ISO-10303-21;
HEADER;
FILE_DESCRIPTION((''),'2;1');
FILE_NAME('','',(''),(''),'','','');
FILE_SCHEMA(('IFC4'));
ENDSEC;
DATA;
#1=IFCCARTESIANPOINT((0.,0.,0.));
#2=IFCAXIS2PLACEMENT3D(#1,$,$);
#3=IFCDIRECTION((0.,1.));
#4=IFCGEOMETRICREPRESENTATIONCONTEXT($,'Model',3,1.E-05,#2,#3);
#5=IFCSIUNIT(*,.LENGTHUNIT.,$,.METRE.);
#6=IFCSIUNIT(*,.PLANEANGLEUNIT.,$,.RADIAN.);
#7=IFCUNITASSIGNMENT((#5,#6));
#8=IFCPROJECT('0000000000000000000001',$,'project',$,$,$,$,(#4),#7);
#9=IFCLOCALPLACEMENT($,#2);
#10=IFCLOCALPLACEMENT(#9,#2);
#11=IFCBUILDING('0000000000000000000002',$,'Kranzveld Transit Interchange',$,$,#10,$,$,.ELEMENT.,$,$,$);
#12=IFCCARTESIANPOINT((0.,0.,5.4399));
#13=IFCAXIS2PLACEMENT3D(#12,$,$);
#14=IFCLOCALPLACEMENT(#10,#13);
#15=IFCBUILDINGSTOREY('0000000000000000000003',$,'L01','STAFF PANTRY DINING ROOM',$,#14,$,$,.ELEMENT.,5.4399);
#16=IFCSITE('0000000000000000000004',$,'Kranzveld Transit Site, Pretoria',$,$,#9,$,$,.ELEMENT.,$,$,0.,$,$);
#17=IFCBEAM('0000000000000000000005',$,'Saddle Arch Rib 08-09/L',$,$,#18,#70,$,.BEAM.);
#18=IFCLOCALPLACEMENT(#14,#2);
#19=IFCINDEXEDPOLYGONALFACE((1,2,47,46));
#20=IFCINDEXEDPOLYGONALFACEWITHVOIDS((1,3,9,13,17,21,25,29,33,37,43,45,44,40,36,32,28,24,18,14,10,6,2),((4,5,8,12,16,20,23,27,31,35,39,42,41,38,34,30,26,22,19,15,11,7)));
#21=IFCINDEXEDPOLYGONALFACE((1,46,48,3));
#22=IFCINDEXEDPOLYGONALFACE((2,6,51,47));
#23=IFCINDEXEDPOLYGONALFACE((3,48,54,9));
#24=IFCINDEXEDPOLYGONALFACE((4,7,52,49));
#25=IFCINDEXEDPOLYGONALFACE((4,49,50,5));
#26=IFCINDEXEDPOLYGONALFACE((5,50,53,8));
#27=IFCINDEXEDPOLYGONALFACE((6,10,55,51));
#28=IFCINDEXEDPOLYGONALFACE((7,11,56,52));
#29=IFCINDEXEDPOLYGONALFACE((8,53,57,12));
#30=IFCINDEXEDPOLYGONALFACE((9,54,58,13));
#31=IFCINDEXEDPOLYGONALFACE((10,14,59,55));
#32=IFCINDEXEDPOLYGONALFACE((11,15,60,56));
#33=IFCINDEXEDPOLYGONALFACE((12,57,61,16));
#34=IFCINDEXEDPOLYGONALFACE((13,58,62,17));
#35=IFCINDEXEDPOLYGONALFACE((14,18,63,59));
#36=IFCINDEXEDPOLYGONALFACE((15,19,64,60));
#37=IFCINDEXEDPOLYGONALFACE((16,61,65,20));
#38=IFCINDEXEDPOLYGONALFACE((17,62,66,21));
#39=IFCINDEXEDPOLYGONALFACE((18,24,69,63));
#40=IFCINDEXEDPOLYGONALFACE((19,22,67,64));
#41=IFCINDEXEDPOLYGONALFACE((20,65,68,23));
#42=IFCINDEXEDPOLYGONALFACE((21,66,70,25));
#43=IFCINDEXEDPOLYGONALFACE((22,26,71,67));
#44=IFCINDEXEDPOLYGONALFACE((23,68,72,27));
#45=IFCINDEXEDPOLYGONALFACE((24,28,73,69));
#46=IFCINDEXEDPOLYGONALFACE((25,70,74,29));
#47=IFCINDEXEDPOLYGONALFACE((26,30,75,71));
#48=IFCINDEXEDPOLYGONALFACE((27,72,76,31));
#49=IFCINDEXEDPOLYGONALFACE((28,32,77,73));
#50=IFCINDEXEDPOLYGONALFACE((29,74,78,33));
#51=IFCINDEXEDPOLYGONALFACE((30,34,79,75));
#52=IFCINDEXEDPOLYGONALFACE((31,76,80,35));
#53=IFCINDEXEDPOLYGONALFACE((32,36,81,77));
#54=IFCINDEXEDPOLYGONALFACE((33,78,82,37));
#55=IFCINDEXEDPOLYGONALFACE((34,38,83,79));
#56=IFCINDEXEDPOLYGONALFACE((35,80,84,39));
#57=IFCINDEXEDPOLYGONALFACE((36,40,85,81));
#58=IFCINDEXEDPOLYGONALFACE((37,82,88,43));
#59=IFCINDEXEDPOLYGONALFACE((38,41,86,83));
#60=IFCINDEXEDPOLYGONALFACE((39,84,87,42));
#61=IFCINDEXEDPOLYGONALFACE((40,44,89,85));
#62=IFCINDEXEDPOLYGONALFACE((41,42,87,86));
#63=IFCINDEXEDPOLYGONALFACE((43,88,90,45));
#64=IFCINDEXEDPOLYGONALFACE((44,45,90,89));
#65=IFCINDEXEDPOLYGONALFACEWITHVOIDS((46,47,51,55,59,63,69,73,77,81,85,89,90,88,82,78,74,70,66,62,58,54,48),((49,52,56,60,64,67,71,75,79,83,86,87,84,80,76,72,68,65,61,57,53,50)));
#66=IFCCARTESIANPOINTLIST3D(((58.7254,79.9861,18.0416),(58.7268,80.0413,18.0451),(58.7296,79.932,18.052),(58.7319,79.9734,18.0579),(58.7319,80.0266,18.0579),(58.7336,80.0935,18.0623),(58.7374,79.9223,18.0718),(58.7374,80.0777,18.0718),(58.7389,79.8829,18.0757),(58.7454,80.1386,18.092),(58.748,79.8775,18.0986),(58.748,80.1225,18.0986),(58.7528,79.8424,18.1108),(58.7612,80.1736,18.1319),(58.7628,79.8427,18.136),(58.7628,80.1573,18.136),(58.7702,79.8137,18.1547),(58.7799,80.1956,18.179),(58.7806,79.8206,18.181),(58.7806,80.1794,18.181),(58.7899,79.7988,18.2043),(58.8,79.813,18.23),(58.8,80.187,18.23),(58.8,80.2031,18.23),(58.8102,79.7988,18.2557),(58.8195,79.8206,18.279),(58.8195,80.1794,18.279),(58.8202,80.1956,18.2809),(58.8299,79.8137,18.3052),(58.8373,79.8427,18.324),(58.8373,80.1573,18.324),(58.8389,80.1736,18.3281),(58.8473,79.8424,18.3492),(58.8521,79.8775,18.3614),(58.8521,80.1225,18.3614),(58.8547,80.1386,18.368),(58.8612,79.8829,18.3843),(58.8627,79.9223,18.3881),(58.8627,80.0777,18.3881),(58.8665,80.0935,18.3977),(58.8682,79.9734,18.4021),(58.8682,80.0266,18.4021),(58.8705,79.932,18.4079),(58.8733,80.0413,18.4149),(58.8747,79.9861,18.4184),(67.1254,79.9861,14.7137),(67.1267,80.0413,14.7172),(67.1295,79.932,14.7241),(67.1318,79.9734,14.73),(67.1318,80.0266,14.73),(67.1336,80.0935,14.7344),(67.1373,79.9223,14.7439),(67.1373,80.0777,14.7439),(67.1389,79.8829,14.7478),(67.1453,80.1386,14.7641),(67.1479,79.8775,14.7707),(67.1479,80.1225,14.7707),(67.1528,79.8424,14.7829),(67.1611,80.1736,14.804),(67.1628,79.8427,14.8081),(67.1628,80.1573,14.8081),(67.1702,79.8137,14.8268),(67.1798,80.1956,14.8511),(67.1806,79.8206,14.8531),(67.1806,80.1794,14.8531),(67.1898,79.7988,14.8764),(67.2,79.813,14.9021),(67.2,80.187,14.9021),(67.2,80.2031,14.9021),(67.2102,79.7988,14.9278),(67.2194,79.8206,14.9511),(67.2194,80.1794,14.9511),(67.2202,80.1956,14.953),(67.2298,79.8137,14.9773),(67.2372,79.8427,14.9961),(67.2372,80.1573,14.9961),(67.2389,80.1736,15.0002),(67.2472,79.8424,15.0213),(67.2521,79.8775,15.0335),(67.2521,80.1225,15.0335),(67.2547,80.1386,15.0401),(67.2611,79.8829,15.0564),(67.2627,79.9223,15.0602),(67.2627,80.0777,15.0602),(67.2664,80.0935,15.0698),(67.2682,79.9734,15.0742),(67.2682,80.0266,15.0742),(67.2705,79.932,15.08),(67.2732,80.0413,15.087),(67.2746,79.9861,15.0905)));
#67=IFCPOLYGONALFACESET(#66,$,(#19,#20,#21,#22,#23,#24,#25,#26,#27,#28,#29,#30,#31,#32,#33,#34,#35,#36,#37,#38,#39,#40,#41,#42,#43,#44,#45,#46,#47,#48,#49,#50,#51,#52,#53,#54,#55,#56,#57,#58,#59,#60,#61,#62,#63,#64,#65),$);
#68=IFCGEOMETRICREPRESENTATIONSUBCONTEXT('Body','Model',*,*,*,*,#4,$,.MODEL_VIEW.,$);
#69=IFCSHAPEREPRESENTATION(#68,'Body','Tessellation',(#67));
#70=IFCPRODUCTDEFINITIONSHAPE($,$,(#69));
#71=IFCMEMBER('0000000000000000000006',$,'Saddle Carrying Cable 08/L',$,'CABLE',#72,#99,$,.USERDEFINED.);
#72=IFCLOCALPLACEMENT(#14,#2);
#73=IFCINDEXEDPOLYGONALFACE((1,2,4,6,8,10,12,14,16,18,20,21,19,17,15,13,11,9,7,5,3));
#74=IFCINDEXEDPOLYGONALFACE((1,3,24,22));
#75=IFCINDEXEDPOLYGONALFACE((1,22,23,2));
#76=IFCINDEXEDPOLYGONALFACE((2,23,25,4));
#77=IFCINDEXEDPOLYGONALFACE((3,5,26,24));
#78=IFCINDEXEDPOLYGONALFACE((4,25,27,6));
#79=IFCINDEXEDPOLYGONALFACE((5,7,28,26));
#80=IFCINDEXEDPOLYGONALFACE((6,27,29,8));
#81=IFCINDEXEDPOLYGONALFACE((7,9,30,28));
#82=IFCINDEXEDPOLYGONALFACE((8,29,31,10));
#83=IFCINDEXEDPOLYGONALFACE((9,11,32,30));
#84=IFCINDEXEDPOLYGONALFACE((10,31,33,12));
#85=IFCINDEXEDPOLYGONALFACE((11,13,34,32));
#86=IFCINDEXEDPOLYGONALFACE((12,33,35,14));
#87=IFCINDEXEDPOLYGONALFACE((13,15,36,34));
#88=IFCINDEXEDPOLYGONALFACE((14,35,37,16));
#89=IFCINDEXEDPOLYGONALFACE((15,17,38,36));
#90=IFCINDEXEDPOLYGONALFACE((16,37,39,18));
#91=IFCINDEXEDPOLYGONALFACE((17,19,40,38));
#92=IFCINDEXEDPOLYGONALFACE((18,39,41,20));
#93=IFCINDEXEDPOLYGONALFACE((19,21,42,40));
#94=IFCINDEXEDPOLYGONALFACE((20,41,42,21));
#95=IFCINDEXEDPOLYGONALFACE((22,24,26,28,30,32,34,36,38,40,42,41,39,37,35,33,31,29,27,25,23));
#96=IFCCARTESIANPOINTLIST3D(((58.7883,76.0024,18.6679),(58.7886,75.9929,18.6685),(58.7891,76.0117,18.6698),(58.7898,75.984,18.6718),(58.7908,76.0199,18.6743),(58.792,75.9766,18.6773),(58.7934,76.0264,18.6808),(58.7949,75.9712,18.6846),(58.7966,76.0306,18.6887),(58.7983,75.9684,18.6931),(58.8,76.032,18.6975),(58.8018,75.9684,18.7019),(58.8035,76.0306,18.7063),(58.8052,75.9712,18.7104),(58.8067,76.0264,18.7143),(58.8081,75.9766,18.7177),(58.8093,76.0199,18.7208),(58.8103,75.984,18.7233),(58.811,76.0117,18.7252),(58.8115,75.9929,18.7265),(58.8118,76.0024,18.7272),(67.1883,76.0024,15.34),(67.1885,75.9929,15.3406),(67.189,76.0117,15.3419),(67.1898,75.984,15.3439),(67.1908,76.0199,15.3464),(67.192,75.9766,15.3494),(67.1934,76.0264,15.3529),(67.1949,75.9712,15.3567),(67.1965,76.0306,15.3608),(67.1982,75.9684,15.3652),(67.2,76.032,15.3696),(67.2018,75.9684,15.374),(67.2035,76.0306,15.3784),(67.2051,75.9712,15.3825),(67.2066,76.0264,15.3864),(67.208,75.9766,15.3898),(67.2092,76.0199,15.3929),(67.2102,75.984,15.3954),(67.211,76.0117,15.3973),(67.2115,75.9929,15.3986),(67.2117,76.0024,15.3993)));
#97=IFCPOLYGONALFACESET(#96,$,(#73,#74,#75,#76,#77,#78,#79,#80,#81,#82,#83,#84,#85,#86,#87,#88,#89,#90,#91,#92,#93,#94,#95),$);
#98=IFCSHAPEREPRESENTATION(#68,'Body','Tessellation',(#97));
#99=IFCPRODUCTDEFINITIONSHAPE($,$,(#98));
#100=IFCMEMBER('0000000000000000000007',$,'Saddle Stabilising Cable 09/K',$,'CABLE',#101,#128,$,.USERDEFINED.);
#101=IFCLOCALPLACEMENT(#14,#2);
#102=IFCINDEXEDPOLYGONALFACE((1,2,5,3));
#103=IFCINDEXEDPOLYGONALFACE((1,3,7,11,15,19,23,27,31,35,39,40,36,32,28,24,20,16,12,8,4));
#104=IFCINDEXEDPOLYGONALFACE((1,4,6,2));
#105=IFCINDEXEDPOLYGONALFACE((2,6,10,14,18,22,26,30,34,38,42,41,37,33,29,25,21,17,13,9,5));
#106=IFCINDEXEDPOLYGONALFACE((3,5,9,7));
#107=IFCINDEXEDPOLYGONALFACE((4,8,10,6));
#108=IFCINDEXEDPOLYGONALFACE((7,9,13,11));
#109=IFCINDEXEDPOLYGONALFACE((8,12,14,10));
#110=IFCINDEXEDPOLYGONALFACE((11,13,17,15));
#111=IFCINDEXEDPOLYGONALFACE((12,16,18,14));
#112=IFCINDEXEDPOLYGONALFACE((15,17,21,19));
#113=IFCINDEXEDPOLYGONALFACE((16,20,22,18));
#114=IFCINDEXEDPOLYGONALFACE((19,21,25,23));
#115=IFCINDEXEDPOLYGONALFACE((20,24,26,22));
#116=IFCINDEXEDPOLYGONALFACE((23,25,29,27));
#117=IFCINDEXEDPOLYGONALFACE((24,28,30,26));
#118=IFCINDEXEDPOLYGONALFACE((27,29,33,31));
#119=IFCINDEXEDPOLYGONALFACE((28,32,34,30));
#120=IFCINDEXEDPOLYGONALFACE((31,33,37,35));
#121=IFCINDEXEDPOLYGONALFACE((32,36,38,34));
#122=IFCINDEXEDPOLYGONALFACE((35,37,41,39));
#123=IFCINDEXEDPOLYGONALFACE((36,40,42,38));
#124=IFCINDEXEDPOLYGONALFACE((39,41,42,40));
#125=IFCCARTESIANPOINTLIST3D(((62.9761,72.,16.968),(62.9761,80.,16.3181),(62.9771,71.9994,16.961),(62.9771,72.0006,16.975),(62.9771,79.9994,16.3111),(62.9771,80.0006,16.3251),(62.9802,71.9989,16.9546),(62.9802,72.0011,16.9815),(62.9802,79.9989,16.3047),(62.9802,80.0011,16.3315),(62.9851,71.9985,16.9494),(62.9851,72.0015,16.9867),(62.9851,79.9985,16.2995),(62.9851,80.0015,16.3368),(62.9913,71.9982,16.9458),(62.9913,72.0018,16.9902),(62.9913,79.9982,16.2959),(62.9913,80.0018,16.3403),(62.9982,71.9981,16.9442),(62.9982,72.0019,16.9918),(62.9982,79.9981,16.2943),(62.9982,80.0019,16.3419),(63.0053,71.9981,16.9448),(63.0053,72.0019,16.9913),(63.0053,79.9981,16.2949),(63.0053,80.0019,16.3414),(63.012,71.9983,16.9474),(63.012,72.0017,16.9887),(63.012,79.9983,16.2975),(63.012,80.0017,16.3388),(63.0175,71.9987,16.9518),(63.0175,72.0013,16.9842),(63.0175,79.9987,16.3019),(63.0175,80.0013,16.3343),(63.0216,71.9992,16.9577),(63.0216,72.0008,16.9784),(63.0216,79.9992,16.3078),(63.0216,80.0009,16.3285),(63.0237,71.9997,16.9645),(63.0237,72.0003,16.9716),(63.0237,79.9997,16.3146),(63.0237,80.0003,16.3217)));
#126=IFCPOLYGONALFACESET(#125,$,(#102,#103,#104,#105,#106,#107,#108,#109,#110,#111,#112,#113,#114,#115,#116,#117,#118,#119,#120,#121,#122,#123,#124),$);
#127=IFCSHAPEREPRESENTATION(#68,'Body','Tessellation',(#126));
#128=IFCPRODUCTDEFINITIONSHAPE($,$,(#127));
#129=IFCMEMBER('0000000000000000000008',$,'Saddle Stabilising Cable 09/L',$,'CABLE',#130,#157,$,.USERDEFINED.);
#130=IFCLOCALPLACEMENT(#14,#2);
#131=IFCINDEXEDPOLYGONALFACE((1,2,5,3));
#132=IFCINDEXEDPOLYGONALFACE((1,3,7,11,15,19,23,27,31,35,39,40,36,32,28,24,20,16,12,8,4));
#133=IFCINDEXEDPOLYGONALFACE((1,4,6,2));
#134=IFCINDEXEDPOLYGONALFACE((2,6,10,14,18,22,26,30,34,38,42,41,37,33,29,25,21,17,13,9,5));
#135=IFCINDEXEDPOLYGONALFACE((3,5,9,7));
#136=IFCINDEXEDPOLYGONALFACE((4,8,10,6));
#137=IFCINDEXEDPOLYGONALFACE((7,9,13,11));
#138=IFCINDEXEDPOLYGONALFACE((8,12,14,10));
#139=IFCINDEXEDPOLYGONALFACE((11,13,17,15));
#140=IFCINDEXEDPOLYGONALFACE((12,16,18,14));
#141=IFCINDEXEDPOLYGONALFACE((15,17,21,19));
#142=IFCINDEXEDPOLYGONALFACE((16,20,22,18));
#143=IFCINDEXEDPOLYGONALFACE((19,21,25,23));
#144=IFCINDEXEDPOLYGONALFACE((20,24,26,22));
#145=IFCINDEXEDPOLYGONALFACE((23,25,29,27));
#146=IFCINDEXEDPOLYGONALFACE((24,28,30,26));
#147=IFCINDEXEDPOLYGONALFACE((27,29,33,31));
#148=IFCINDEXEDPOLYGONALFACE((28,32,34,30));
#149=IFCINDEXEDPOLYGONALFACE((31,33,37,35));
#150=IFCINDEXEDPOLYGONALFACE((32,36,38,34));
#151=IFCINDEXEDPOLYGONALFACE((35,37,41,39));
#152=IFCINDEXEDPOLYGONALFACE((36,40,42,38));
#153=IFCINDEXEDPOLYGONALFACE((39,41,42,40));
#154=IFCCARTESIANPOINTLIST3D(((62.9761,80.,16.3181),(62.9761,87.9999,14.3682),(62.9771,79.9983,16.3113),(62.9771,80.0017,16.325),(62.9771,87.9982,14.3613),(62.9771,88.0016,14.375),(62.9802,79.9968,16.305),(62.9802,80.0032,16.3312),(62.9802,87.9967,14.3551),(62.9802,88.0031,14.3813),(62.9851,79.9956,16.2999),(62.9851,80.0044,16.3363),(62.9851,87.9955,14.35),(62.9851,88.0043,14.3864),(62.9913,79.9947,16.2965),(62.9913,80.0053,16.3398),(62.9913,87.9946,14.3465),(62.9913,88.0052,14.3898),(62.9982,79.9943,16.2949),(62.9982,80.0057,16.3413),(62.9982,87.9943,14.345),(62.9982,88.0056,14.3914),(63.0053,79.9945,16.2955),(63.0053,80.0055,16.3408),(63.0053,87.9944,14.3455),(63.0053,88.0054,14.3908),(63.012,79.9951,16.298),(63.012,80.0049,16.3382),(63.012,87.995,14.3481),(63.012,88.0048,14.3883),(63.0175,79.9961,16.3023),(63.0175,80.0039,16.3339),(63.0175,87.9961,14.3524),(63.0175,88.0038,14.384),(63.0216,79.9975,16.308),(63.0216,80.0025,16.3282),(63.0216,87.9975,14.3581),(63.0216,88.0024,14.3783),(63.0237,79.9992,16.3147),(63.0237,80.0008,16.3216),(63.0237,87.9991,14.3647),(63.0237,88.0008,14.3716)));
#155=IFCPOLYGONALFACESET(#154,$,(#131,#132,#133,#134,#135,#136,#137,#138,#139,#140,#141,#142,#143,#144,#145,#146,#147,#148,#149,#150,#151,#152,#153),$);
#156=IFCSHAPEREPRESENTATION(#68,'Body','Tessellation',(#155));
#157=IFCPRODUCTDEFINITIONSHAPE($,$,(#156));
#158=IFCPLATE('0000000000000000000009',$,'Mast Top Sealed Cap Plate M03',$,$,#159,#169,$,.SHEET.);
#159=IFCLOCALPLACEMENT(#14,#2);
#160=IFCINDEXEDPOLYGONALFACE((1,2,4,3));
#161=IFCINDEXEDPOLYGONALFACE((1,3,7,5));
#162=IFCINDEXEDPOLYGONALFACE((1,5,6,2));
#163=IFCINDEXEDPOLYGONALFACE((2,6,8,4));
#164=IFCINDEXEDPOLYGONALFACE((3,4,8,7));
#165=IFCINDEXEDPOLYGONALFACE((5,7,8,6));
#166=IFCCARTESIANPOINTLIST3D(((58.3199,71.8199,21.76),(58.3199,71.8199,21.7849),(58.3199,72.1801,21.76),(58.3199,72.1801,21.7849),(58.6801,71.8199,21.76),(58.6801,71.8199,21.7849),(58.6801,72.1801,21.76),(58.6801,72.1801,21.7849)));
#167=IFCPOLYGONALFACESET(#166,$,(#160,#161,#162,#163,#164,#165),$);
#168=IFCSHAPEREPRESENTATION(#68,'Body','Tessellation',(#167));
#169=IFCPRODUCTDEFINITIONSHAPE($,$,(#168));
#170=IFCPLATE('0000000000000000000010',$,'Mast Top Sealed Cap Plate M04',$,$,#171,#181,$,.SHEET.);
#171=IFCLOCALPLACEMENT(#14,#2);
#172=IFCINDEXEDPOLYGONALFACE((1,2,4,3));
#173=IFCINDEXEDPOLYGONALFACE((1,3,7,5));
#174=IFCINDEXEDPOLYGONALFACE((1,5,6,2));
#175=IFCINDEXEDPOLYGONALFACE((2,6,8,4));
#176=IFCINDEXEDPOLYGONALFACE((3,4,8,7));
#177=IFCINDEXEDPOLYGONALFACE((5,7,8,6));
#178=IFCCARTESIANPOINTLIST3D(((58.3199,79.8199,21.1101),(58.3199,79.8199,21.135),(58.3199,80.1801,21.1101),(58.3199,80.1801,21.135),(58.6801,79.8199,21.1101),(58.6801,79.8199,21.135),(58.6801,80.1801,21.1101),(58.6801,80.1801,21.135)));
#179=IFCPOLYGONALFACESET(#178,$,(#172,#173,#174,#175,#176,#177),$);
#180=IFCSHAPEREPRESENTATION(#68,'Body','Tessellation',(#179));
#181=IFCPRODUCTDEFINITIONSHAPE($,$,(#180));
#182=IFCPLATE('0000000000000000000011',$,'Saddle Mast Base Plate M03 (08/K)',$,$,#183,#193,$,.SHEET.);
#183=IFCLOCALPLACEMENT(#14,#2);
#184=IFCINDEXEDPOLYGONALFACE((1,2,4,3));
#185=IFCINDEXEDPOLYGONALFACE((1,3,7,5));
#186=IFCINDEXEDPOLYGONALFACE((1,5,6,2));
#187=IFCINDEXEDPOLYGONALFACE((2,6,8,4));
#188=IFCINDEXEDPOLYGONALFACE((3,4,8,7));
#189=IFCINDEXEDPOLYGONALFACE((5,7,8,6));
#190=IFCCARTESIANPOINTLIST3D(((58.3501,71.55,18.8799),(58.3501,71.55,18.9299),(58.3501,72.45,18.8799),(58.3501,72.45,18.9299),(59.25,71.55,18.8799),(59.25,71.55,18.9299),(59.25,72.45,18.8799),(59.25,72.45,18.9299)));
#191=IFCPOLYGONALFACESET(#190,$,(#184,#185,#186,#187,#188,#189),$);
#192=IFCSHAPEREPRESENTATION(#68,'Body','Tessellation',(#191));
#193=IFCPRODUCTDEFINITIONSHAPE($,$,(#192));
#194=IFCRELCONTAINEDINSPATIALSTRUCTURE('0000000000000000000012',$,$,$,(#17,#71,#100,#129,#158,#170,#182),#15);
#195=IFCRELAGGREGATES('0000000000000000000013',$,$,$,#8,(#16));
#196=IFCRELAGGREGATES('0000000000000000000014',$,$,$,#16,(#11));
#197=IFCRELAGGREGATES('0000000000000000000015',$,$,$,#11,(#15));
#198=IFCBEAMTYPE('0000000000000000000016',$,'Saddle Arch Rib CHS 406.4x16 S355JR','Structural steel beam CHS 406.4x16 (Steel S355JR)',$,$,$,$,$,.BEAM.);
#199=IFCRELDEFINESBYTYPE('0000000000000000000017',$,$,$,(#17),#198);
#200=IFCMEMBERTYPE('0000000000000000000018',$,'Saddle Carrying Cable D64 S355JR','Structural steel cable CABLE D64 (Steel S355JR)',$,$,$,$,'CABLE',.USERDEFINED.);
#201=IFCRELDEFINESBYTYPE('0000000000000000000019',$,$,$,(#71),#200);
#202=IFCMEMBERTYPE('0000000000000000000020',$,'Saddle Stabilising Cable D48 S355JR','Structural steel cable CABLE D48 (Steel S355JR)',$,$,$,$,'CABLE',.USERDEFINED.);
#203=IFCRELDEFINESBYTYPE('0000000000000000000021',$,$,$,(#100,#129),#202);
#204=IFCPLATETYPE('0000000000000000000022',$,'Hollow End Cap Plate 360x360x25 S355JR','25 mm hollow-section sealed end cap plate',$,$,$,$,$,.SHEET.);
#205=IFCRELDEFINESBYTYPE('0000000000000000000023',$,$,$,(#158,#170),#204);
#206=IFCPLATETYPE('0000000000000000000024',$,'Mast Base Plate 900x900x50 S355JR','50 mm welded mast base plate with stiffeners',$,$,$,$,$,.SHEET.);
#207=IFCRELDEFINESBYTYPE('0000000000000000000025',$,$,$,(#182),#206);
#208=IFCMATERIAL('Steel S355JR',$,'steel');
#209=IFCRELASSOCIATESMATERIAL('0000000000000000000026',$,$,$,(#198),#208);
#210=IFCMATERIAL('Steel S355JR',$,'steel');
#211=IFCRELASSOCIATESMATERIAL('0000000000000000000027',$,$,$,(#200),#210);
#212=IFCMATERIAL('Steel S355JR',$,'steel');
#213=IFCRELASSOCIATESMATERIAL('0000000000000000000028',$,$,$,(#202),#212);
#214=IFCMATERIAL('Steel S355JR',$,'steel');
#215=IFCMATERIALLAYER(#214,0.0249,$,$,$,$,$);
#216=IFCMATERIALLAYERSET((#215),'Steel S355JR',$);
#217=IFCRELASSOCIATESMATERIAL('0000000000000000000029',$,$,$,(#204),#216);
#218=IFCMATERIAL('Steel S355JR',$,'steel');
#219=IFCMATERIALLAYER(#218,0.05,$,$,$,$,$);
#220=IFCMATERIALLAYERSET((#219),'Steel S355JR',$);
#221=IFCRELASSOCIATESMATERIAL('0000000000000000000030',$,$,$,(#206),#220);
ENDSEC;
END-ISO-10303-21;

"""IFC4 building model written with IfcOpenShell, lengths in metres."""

from ifc_helpers import new_model, si_unit, direction, frame, origin, origin_2d, place, context, subcontext, project, spatial, rectangle, circle, hollow_circle, extrude, material, layer, layer_set, material_profile, profile_set, type_object, element, save


model = new_model("IFC4")

# Units and contexts
model_context = context("Model", 3, precision=1e-05, world=origin(), true_north=direction((0.0, 1.0)))
body_context = subcontext(model_context, "Body", "Model", "MODEL_VIEW")
ifc_project = project(units=[si_unit("LENGTHUNIT", "METRE"), si_unit("PLANEANGLEUNIT", "RADIAN")], contexts=[model_context])

# Site, building, storey
site_placement = place(None, origin())
site = spatial("IfcSite", under=ifc_project, at=site_placement, Name="Kranzveld Transit Site, Pretoria", CompositionType="ELEMENT", RefElevation=0.0)
building_placement = place(site_placement, origin())
building = spatial("IfcBuilding", under=site, at=building_placement, Name="Kranzveld Transit Interchange", CompositionType="ELEMENT")
storey_placement = place(building_placement, frame((0.0, 0.0, 5.4399)))
storey = spatial("IfcBuildingStorey", under=building, at=storey_placement, Name="L01", Description="STAFF PANTRY DINING ROOM", CompositionType="ELEMENT", Elevation=5.4399)

# Beam
ifc_material_1 = material(Name="Steel S355JR", Category="steel")
ifc_material_profile_1 = material_profile(ifc_material_1, hollow_circle(Radius=0.2031, WallThickness=0.0161, at=origin_2d()), Name="CHS 406.4x16")
ifc_profile_set_1 = profile_set([ifc_material_profile_1], Name="Steel S355JR")
beam_type_1 = type_object("IfcBeamType", Name="Saddle Arch Rib CHS 406.4x16 S355JR", Description="Structural steel beam CHS 406.4x16 (Steel S355JR)", PredefinedType="BEAM", material=ifc_profile_set_1)
for number, where, z_axis, x_axis, name in (
    (1, (58.8, 80.0, 18.23), (0.929696, 0.0, -0.368328), (0.0, 1.0, 0.0), "Saddle Arch Rib 08-09/L"),
):
    element("IfcBeam", number, at=place(storey_placement, frame(where, z_axis=z_axis, x_axis=x_axis)), inside=storey, type_object=beam_type_1, Name=name, PredefinedType="BEAM", context=body_context, shape_type="SweptSolid", body=[
        extrude(hollow_circle(Radius=0.2031, WallThickness=0.0161, at=origin_2d()), origin(), (0.0, 0.0, 1.0), 9.0352),
    ])

# Members
ifc_material_2 = material(Name="Steel S355JR", Category="steel")
ifc_material_profile_2 = material_profile(ifc_material_2, circle(Radius=0.032, at=origin_2d()), Name="CABLE D64")
ifc_profile_set_2 = profile_set([ifc_material_profile_2], Name="Steel S355JR")
member_type_1 = type_object("IfcMemberType", Name="Saddle Carrying Cable D64 S355JR", Description="Structural steel cable CABLE D64 (Steel S355JR)", ElementType="CABLE", PredefinedType="USERDEFINED", material=ifc_profile_set_2)
member_1_placement = place(storey_placement, frame((58.8, 76.0, 18.6975), z_axis=(0.929696, 0.0, -0.368328), x_axis=(0.0, 1.0, 0.0)))
element("IfcMember", 2, at=member_1_placement, inside=storey, type_object=member_type_1, Name="Saddle Carrying Cable 08/L", ObjectType="CABLE", PredefinedType="USERDEFINED", context=body_context, shape_type="SweptSolid", body=[
    extrude(circle(Radius=0.032, at=origin_2d()), origin(), (0.0, 0.0, 1.0), 9.0352),
])
ifc_material_3 = material(Name="Steel S355JR", Category="steel")
ifc_material_profile_3 = material_profile(ifc_material_3, circle(Radius=0.0239, at=origin_2d()), Name="CABLE D48")
ifc_profile_set_3 = profile_set([ifc_material_profile_3], Name="Steel S355JR")
member_type_2 = type_object("IfcMemberType", Name="Saddle Stabilising Cable D48 S355JR", Description="Structural steel cable CABLE D48 (Steel S355JR)", ElementType="CABLE", PredefinedType="USERDEFINED", material=ifc_profile_set_3)
member_2_placement = place(storey_placement, frame((63.0, 72.0, 16.968), z_axis=(0.0, 0.996716, -0.080971), x_axis=(-1.0, 0.0, 0.0)))
element("IfcMember", 3, at=member_2_placement, inside=storey, type_object=member_type_2, Name="Saddle Stabilising Cable 09/K", ObjectType="CABLE", PredefinedType="USERDEFINED", context=body_context, shape_type="SweptSolid", body=[
    extrude(circle(Radius=0.0239, at=origin_2d()), origin(), (0.0, 0.0, 1.0), 8.0264),
])
member_3_placement = place(storey_placement, frame((63.0, 80.0, 16.3181), z_axis=(0.0, 0.971556, -0.236811), x_axis=(-1.0, 0.0, 0.0)))
element("IfcMember", 4, at=member_3_placement, inside=storey, type_object=member_type_2, Name="Saddle Stabilising Cable 09/L", ObjectType="CABLE", PredefinedType="USERDEFINED", context=body_context, shape_type="SweptSolid", body=[
    extrude(circle(Radius=0.0239, at=origin_2d()), origin(), (0.0, 0.0, 1.0), 8.2341),
])

# Plates
ifc_material_4 = material(Name="Steel S355JR", Category="steel")
ifc_layer_1 = layer(ifc_material_4, 0.0249)
ifc_layer_set_1 = layer_set([ifc_layer_1], Name="Steel S355JR")
plate_type_1 = type_object("IfcPlateType", Name="Hollow End Cap Plate 360x360x25 S355JR", Description="25 mm hollow-section sealed end cap plate", PredefinedType="SHEET", material=ifc_layer_set_1)
for number, where, z_axis, x_axis, name in (
    (5, (58.5, 72.0, 21.76), (0.0, 0.0, 1.0), (1.0, 0.0, 0.0), "Mast Top Sealed Cap Plate M03"),
    (6, (58.5, 80.0, 21.1101), (0.0, 0.0, 1.0), (1.0, 0.0, 0.0), "Mast Top Sealed Cap Plate M04"),
):
    element("IfcPlate", number, at=place(storey_placement, frame(where, z_axis=z_axis, x_axis=x_axis)), inside=storey, type_object=plate_type_1, Name=name, PredefinedType="SHEET", context=body_context, shape_type="SweptSolid", body=[
        extrude(rectangle(XDim=0.3601, YDim=0.3601, at=origin_2d()), origin(), (0.0, 0.0, 1.0), 0.0249),
    ])
ifc_material_5 = material(Name="Steel S355JR", Category="steel")
ifc_layer_2 = layer(ifc_material_5, 0.05)
ifc_layer_set_2 = layer_set([ifc_layer_2], Name="Steel S355JR")
plate_type_2 = type_object("IfcPlateType", Name="Mast Base Plate 900x900x50 S355JR", Description="50 mm welded mast base plate with stiffeners", PredefinedType="SHEET", material=ifc_layer_set_2)
for number, where, z_axis, x_axis, name in (
    (7, (58.8, 72.0, 18.8799), (0.0, 0.0, 1.0), (1.0, 0.0, 0.0), "Saddle Mast Base Plate M03 (08/K)"),
):
    element("IfcPlate", number, at=place(storey_placement, frame(where, z_axis=z_axis, x_axis=x_axis)), inside=storey, type_object=plate_type_2, Name=name, PredefinedType="SHEET", context=body_context, shape_type="SweptSolid", body=[
        extrude(rectangle(XDim=0.8999, YDim=0.8999, at=origin_2d()), origin(), (0.0, 0.0, 1.0), 0.05),
    ])

save(model, "model.ifc")
